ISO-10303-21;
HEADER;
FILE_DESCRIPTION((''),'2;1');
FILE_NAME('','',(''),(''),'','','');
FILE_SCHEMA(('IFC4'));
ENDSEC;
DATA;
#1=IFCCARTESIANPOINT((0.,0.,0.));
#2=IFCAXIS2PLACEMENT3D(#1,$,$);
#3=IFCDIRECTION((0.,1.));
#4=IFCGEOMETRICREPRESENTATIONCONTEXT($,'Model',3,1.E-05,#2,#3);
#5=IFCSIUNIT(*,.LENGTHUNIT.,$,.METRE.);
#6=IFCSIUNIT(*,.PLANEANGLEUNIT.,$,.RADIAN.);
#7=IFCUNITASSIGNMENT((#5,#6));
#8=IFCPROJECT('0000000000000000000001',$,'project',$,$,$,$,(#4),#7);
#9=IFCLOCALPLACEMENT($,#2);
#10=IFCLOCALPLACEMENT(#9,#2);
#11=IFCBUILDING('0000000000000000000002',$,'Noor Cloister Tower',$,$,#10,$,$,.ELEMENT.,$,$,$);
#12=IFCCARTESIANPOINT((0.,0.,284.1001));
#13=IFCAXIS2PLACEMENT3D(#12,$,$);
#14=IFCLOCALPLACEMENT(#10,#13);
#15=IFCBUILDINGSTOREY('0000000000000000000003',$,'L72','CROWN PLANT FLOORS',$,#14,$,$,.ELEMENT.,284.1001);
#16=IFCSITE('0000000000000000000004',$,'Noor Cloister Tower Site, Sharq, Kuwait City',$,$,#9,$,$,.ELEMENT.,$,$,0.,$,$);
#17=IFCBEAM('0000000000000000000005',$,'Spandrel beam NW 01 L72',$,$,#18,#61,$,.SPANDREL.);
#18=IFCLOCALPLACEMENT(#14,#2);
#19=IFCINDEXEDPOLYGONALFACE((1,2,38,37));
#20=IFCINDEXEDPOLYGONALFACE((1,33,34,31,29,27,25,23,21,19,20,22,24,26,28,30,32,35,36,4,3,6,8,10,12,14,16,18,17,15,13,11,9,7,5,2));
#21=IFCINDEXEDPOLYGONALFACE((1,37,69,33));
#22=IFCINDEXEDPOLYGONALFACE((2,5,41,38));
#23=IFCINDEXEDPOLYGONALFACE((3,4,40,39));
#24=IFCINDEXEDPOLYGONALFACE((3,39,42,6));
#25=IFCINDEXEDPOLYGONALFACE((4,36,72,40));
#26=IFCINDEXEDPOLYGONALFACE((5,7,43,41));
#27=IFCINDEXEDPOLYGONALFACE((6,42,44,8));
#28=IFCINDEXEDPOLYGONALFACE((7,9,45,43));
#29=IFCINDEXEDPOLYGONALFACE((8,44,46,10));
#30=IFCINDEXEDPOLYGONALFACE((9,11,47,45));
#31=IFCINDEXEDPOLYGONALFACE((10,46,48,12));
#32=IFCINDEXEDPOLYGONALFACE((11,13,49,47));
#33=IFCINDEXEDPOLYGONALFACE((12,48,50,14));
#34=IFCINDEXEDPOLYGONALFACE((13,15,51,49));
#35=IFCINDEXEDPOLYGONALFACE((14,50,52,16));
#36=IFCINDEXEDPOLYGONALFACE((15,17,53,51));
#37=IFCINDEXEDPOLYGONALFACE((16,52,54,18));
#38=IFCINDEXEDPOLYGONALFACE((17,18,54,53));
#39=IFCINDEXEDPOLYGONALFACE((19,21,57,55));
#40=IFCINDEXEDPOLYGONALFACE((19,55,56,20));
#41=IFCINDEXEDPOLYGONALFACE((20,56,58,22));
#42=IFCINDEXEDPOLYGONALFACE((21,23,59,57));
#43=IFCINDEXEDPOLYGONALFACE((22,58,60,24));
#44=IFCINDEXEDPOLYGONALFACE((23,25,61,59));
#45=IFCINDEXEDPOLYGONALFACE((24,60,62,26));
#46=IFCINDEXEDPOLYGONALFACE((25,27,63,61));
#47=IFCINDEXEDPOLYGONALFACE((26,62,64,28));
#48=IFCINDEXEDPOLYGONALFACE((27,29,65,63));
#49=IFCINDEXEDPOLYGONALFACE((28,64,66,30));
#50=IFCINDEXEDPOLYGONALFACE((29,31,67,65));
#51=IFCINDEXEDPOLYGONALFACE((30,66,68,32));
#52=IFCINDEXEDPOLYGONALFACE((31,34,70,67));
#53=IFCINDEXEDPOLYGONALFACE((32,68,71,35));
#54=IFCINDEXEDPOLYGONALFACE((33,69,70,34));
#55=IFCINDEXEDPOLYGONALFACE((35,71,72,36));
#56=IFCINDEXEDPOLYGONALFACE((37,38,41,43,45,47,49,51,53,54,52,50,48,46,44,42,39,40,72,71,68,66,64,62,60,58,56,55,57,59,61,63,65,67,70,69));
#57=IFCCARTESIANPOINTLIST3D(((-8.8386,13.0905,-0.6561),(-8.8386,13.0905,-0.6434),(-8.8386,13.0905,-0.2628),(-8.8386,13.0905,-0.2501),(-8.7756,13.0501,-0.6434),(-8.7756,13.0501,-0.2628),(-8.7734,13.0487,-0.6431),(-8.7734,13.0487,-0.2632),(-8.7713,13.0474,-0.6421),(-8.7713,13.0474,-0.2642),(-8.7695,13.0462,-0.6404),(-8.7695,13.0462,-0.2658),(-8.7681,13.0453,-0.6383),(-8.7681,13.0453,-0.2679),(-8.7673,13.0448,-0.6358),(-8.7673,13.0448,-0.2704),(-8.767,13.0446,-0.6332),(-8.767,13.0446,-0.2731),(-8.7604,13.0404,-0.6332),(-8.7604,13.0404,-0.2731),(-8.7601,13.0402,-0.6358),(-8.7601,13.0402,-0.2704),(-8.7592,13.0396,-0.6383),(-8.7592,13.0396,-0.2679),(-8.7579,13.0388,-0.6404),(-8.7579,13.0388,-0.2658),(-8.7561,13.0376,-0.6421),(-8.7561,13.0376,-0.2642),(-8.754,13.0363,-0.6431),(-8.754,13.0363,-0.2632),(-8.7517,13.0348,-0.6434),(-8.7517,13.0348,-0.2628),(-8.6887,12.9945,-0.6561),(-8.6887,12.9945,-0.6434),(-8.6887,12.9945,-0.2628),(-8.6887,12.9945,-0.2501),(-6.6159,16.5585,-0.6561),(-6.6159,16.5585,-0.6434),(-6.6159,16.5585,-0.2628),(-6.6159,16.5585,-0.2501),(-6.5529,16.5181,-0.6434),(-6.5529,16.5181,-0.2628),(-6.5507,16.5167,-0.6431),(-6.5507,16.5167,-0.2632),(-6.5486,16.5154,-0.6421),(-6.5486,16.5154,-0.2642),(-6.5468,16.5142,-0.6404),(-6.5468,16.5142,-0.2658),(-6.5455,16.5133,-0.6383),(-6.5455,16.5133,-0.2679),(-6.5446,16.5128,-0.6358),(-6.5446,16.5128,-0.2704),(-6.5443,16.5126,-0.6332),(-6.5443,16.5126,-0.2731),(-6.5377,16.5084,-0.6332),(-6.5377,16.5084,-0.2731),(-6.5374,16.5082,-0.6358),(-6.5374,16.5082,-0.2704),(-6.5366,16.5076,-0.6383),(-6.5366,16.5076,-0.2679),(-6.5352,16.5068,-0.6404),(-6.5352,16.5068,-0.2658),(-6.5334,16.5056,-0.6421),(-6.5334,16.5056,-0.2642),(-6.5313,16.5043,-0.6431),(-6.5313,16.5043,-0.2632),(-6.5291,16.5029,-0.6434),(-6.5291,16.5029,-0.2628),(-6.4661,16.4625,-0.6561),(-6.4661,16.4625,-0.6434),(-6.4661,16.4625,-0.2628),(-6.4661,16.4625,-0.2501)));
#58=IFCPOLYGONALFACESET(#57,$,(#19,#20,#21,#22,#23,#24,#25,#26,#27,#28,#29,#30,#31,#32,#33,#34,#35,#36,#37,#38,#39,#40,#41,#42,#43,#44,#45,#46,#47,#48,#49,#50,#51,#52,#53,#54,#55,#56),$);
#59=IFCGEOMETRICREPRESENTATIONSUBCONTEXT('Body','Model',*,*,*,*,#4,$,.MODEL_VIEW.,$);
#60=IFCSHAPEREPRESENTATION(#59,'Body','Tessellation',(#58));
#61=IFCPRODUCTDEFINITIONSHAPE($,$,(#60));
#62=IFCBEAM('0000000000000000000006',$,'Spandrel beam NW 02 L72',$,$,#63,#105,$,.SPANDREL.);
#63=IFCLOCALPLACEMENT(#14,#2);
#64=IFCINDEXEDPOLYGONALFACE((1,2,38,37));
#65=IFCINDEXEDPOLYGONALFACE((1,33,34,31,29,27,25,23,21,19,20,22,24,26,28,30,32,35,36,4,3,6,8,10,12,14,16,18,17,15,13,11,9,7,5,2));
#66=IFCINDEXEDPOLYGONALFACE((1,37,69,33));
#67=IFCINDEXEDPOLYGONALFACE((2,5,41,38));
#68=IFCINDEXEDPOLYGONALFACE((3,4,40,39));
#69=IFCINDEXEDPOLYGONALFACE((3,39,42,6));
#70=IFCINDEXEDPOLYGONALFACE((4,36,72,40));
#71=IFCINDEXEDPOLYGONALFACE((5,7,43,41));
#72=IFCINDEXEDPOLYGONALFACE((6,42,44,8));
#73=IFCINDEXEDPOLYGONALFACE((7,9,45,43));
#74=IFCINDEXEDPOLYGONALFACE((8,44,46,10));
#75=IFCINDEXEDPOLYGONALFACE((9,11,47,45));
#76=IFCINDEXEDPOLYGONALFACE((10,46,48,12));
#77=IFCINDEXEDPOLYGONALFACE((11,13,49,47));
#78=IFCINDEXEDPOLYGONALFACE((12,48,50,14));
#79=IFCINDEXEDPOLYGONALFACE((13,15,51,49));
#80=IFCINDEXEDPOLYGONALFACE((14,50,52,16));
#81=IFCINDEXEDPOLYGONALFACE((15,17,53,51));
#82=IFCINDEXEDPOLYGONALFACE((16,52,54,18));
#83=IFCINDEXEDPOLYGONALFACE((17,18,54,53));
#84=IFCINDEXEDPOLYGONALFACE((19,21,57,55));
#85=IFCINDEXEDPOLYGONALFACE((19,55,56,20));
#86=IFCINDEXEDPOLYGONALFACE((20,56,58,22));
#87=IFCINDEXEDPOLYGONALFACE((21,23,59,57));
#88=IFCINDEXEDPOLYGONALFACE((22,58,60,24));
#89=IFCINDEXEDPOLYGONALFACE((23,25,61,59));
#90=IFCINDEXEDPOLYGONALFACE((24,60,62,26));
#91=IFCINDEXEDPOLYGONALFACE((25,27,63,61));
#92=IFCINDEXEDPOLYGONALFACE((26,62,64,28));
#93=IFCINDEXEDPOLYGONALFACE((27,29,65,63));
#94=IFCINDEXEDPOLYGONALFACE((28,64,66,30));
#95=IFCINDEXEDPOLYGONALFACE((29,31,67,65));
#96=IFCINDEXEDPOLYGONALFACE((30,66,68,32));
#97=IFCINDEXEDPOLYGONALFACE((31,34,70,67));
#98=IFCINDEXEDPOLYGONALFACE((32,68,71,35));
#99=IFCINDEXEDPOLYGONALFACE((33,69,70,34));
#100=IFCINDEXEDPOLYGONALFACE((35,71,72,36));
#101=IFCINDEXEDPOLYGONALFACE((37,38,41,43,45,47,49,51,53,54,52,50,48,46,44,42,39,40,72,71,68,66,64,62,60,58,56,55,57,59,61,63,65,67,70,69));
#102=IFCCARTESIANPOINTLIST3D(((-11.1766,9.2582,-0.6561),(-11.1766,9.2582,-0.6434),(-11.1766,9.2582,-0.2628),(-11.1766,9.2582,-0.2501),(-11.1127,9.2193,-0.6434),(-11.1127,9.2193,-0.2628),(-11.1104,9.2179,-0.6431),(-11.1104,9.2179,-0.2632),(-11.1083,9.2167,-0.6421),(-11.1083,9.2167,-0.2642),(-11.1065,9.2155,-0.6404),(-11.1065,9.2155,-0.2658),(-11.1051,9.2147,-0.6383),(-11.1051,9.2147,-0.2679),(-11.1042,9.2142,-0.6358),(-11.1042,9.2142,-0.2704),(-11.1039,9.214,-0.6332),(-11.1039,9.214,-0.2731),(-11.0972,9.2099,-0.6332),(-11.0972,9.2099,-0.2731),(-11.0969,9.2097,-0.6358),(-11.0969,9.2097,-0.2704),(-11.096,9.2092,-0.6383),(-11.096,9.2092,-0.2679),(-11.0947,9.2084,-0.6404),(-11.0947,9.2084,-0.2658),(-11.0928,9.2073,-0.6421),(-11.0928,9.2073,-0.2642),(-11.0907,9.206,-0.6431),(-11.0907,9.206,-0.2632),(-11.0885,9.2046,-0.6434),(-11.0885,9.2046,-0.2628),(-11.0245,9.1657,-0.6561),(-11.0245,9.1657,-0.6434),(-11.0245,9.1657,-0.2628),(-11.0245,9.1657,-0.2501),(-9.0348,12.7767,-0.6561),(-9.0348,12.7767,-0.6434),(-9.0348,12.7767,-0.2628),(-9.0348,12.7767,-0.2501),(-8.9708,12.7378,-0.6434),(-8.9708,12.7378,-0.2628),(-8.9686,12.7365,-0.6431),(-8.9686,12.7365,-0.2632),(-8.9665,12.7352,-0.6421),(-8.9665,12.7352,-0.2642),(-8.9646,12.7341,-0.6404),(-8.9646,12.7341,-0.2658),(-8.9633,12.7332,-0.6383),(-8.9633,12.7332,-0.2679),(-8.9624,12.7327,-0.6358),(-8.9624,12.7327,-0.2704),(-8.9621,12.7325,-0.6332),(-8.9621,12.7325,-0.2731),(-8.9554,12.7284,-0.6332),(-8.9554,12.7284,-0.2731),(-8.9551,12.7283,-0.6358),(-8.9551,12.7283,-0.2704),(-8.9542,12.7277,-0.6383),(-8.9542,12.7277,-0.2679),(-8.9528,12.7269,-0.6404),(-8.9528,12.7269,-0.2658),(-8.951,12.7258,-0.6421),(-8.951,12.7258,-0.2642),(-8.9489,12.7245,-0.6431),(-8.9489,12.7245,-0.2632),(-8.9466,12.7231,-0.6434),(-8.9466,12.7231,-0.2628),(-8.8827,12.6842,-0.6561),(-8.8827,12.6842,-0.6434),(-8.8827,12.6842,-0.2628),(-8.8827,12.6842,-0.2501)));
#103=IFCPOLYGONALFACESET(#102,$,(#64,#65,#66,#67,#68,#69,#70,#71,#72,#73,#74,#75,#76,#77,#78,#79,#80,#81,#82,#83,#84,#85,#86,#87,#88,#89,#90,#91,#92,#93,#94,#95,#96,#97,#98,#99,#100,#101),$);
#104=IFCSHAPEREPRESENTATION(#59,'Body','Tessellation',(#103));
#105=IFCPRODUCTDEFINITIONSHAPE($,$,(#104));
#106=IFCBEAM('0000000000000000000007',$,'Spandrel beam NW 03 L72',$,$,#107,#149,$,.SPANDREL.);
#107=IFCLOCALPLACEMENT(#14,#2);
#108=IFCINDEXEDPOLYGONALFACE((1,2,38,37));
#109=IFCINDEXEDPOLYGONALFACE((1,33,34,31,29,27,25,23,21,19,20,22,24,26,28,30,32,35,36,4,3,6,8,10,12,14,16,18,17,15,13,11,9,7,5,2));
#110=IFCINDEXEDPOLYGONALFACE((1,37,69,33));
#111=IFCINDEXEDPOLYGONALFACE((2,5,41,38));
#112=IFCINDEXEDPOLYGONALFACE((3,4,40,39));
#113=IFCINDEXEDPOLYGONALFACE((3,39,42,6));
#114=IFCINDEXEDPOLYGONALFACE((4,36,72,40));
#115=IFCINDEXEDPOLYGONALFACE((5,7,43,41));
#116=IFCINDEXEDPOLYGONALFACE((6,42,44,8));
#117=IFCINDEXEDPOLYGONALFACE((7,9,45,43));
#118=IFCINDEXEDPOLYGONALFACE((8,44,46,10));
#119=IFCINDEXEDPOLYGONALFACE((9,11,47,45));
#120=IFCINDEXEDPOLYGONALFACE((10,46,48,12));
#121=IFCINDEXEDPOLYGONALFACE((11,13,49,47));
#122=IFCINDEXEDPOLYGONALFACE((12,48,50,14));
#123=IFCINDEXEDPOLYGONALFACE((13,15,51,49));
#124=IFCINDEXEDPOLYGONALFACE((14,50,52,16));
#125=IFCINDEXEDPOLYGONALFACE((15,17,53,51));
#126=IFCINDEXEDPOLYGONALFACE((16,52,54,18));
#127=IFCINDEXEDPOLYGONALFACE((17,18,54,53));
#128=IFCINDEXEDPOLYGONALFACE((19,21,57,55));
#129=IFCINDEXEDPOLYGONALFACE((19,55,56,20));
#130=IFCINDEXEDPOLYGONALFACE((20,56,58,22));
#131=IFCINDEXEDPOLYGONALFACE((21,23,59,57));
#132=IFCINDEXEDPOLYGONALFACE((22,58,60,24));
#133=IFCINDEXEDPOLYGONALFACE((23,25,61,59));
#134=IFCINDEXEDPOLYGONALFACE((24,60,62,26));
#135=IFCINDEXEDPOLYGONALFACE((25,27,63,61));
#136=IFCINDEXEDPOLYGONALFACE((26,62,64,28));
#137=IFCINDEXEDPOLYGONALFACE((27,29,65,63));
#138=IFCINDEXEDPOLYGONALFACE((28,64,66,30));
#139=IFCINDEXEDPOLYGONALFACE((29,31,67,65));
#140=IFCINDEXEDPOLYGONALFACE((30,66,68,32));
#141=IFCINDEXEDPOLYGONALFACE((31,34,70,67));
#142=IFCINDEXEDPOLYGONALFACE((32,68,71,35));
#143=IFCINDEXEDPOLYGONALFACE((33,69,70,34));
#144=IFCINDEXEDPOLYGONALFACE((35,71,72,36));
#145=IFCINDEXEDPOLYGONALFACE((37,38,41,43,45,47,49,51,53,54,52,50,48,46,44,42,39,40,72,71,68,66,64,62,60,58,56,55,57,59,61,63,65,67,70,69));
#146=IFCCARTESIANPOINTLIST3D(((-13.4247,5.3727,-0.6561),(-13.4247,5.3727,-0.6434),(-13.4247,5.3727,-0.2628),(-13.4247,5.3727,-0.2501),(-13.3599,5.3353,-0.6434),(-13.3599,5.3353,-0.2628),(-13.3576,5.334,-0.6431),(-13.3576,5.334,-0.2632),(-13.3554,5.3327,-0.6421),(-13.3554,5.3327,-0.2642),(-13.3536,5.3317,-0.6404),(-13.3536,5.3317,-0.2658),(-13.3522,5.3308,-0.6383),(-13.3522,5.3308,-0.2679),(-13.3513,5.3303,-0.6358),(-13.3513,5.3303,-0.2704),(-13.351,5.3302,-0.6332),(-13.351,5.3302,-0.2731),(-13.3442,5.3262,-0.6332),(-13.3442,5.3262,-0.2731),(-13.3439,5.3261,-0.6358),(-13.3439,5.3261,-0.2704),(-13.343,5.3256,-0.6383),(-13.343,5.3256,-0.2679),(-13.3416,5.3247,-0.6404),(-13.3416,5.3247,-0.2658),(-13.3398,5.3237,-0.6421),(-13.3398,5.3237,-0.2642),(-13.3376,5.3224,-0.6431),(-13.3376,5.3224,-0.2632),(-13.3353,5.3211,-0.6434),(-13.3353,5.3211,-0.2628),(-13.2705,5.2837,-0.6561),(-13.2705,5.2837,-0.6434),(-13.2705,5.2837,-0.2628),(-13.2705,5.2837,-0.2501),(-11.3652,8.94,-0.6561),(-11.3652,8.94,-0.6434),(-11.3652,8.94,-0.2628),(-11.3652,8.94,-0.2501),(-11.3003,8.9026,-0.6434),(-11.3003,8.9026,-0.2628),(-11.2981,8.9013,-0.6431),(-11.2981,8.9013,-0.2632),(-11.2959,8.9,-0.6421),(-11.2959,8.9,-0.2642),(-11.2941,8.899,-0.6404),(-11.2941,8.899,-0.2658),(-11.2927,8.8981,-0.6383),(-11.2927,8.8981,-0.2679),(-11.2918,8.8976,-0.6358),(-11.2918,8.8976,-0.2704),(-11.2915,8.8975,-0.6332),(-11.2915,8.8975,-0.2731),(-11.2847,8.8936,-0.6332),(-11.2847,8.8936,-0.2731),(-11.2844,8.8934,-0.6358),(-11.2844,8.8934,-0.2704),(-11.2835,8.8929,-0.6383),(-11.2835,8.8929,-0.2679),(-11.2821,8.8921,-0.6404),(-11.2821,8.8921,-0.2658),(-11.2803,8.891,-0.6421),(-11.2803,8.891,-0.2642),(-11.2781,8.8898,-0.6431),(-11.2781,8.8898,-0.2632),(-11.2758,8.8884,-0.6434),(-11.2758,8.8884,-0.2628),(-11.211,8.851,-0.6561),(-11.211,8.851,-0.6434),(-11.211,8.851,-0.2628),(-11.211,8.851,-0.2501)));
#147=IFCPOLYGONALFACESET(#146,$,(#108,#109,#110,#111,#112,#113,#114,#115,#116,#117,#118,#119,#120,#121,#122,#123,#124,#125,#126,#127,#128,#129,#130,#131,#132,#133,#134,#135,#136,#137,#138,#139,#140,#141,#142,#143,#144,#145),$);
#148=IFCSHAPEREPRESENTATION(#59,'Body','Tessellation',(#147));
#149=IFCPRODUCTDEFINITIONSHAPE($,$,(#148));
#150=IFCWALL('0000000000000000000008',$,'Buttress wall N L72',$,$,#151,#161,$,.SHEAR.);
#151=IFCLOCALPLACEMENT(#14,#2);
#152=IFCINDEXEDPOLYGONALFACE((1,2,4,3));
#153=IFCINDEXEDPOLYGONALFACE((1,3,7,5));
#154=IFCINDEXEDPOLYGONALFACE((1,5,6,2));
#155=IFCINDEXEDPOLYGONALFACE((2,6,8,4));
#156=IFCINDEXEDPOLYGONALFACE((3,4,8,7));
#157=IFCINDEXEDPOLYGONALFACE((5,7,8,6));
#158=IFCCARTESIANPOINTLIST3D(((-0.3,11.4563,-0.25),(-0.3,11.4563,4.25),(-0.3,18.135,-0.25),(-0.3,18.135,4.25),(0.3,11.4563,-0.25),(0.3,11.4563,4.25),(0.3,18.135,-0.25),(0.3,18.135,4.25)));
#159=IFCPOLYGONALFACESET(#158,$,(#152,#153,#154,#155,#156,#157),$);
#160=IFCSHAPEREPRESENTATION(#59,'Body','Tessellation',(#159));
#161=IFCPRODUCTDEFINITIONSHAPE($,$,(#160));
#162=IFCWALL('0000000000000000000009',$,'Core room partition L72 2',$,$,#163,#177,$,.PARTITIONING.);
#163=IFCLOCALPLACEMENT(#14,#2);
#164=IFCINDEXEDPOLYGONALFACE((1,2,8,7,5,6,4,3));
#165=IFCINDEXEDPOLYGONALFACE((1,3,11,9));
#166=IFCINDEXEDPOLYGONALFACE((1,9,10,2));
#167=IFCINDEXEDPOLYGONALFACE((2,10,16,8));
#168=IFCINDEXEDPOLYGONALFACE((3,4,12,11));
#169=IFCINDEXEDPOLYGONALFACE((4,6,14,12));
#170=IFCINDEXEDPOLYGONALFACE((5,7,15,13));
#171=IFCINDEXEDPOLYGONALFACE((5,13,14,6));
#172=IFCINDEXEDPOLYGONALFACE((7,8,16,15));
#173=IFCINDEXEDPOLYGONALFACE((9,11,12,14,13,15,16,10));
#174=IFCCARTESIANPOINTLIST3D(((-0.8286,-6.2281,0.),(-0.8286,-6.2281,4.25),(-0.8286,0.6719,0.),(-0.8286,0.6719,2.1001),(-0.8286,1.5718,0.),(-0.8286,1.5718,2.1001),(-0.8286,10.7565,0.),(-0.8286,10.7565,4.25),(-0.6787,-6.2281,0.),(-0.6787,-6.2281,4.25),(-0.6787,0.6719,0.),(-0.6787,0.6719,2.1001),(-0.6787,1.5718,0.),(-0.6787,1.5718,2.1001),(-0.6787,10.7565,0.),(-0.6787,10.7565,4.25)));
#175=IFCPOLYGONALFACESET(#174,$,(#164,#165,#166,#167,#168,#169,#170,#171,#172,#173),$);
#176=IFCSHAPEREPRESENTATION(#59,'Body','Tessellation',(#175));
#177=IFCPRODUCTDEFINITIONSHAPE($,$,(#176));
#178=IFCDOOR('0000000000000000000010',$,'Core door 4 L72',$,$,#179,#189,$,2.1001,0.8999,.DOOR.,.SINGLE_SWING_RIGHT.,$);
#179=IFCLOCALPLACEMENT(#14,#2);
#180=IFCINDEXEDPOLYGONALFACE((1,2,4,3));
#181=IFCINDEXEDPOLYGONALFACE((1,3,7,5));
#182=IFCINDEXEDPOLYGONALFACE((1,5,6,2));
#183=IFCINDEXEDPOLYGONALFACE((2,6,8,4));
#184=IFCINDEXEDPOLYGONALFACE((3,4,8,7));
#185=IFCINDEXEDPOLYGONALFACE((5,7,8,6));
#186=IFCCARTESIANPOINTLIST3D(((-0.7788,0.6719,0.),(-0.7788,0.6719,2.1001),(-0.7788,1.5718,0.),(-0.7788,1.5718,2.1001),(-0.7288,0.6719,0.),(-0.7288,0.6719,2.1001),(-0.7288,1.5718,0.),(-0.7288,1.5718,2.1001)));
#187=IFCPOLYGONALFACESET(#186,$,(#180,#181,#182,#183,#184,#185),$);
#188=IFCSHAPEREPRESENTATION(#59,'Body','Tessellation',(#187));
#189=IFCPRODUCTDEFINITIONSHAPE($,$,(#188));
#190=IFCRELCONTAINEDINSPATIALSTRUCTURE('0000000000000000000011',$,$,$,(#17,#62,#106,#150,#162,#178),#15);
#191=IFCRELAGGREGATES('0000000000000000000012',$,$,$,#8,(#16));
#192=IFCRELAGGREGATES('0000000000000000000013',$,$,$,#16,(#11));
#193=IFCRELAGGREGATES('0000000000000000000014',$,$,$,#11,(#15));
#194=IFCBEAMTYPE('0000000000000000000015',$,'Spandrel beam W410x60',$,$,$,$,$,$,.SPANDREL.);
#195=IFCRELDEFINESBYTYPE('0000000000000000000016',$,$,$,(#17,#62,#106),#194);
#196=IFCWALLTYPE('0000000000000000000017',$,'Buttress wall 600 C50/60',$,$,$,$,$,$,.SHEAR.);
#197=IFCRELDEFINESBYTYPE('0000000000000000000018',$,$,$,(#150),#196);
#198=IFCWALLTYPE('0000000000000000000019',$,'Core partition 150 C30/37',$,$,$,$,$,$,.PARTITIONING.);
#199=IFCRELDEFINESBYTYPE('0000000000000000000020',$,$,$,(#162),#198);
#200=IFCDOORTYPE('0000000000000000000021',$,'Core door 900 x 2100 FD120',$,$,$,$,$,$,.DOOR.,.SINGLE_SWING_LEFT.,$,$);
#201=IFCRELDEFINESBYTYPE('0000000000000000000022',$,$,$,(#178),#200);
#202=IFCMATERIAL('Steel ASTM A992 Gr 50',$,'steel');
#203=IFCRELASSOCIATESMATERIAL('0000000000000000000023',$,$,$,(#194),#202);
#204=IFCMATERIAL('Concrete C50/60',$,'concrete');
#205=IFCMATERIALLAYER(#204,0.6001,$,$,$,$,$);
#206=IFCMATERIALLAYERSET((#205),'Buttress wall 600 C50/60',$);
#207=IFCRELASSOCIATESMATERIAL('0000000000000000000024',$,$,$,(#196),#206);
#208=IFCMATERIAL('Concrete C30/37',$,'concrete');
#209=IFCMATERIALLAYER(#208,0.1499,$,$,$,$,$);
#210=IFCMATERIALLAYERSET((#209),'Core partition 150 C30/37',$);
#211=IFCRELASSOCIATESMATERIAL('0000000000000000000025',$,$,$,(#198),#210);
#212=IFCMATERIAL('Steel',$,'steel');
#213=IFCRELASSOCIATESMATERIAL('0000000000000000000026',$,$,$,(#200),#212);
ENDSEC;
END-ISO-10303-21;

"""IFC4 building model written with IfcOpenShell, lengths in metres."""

from ifc_helpers import new_model, si_unit, direction, frame, frame_2d, origin, origin_2d, place, context, subcontext, project, spatial, rectangle, i_section, extrude, material, layer, layer_set, material_profile, profile_set, type_object, element, fill, save


model = new_model("IFC4")

# Units and contexts
model_context = context("Model", 3, precision=1e-05, world=origin(), true_north=direction((0.0, 1.0)))
body_context = subcontext(model_context, "Body", "Model", "MODEL_VIEW")
ifc_project = project(units=[si_unit("LENGTHUNIT", "METRE"), si_unit("PLANEANGLEUNIT", "RADIAN")], contexts=[model_context])

# Site, building, storey
site_placement = place(None, origin())
site = spatial("IfcSite", under=ifc_project, at=site_placement, Name="Noor Cloister Tower Site, Sharq, Kuwait City", CompositionType="ELEMENT", RefElevation=0.0)
building_placement = place(site_placement, origin())
building = spatial("IfcBuilding", under=site, at=building_placement, Name="Noor Cloister Tower", CompositionType="ELEMENT")
storey_placement = place(building_placement, frame((0.0, 0.0, 284.1001)))
storey = spatial("IfcBuildingStorey", under=building, at=storey_placement, Name="L72", Description="CROWN PLANT FLOORS", CompositionType="ELEMENT", Elevation=284.1001)

# Beams
ifc_material_1 = material(Name="Steel ASTM A992 Gr 50", Category="steel")
ifc_material_profile_1 = material_profile(ifc_material_1, i_section(OverallWidth=0.178, OverallDepth=0.406, WebThickness=0.0078, FlangeThickness=0.0127, FilletRadius=0.0103, at=origin_2d()), Name="W410x60")
ifc_profile_set_1 = profile_set([ifc_material_profile_1], Name="Steel ASTM A992 Gr 50")
beam_type_1 = type_object("IfcBeamType", Name="Spandrel beam W410x60", PredefinedType="SPANDREL", material=ifc_profile_set_1)
for number, where, z_axis, x_axis, name in (
    (1, (-6.541, 16.5105, -0.4531), (-0.539592, -0.841927, 0.0), (0.841927, -0.539592, 0.0), "Spandrel beam NW 01 L72"),
    (2, (-8.9587, 12.7305, -0.4531), (-0.519968, -0.854186, 0.0), (0.854186, -0.519968, 0.0), "Spandrel beam NW 02 L72"),
    (3, (-11.2881, 8.8955, -0.4531), (-0.499989, -0.866032, 0.0), (0.866032, -0.499989, 0.0), "Spandrel beam NW 03 L72"),
):
    element("IfcBeam", number, at=place(storey_placement, frame(where, z_axis=z_axis, x_axis=x_axis)), inside=storey, type_object=beam_type_1, Name=name, PredefinedType="SPANDREL", context=body_context, shape_type="SweptSolid", body=[
        extrude(i_section(OverallWidth=0.178, OverallDepth=0.406, WebThickness=0.0078, FlangeThickness=0.0127, FilletRadius=0.0103, at=origin_2d()), origin(), (0.0, 0.0, 1.0), 4.1191),
    ])

# Wall
ifc_material_2 = material(Name="Concrete C50/60", Category="concrete")
ifc_layer_1 = layer(ifc_material_2, 0.6001)
ifc_layer_set_1 = layer_set([ifc_layer_1], Name="Buttress wall 600 C50/60")
wall_type_1 = type_object("IfcWallType", Name="Buttress wall 600 C50/60", PredefinedType="SHEAR", material=ifc_layer_set_1)
wall_1_placement = place(storey_placement, frame((0.0, 11.4563, -0.25), z_axis=(0.0, 0.0, 1.0), x_axis=(0.0, 1.0, 0.0)))
element("IfcWall", 4, at=wall_1_placement, inside=storey, type_object=wall_type_1, Name="Buttress wall N L72", PredefinedType="SHEAR", context=body_context, shape_type="SweptSolid", body=[
    extrude(rectangle(XDim=6.6787, YDim=0.6001, at=frame_2d((3.3394, 0.0))), origin(), (0.0, 0.0, 1.0), 4.5),
])

# Wall, opening, door
ifc_material_3 = material(Name="Concrete C30/37", Category="concrete")
ifc_layer_2 = layer(ifc_material_3, 0.1499)
ifc_layer_set_2 = layer_set([ifc_layer_2], Name="Core partition 150 C30/37")
wall_type_2 = type_object("IfcWallType", Name="Core partition 150 C30/37", PredefinedType="PARTITIONING", material=ifc_layer_set_2)
wall_2_placement = place(storey_placement, frame((-0.7537, 10.7563, 0.0), z_axis=(0.0, 0.0, 1.0), x_axis=(0.0, -1.0, 0.0)))
wall_2 = element("IfcWall", 5, at=wall_2_placement, inside=storey, type_object=wall_type_2, Name="Core room partition L72 2", PredefinedType="PARTITIONING", context=body_context, shape_type="SweptSolid", body=[
    extrude(rectangle(XDim=16.9846, YDim=0.1499, at=frame_2d((8.4922, 0.0))), origin(), (0.0, 0.0, 1.0), 4.25),
])
opening_1_placement = place(wall_2_placement, frame((9.1846, 0.0, 0.0)))
opening_1 = element("IfcOpeningElement", 6, at=opening_1_placement, cuts=wall_2, PredefinedType="OPENING", context=body_context, shape_type="SweptSolid", body=[
    extrude(rectangle(XDim=0.8999, YDim=2.1001, at=frame_2d((0.45, 1.05))), frame((0.0, 0.085, 0.0), z_axis=(0.0, -1.0, 0.0), x_axis=(1.0, 0.0, 0.0)), (0.0, 0.0, 1.0), 0.1699),
])
ifc_material_4 = material(Name="Steel", Category="steel")
door_type_1 = type_object("IfcDoorType", Name="Core door 900 x 2100 FD120", OperationType="SINGLE_SWING_LEFT", PredefinedType="DOOR", material=ifc_material_4)
door_1_placement = place(opening_1_placement, origin())
door_1 = element("IfcDoor", 7, at=door_1_placement, inside=storey, type_object=door_type_1, Name="Core door 4 L72", OperationType="SINGLE_SWING_RIGHT", OverallHeight=2.1001, OverallWidth=0.8999, PredefinedType="DOOR", context=body_context, shape_type="SweptSolid", body=[
    extrude(rectangle(XDim=0.8999, YDim=2.1001, at=frame_2d((0.45, 1.05))), frame((0.0, 0.0249, 0.0), z_axis=(0.0, -1.0, 0.0), x_axis=(1.0, 0.0, 0.0)), (0.0, 0.0, 1.0), 0.05),
])
fill(opening_1, door_1)

save(model, "model.ifc")
